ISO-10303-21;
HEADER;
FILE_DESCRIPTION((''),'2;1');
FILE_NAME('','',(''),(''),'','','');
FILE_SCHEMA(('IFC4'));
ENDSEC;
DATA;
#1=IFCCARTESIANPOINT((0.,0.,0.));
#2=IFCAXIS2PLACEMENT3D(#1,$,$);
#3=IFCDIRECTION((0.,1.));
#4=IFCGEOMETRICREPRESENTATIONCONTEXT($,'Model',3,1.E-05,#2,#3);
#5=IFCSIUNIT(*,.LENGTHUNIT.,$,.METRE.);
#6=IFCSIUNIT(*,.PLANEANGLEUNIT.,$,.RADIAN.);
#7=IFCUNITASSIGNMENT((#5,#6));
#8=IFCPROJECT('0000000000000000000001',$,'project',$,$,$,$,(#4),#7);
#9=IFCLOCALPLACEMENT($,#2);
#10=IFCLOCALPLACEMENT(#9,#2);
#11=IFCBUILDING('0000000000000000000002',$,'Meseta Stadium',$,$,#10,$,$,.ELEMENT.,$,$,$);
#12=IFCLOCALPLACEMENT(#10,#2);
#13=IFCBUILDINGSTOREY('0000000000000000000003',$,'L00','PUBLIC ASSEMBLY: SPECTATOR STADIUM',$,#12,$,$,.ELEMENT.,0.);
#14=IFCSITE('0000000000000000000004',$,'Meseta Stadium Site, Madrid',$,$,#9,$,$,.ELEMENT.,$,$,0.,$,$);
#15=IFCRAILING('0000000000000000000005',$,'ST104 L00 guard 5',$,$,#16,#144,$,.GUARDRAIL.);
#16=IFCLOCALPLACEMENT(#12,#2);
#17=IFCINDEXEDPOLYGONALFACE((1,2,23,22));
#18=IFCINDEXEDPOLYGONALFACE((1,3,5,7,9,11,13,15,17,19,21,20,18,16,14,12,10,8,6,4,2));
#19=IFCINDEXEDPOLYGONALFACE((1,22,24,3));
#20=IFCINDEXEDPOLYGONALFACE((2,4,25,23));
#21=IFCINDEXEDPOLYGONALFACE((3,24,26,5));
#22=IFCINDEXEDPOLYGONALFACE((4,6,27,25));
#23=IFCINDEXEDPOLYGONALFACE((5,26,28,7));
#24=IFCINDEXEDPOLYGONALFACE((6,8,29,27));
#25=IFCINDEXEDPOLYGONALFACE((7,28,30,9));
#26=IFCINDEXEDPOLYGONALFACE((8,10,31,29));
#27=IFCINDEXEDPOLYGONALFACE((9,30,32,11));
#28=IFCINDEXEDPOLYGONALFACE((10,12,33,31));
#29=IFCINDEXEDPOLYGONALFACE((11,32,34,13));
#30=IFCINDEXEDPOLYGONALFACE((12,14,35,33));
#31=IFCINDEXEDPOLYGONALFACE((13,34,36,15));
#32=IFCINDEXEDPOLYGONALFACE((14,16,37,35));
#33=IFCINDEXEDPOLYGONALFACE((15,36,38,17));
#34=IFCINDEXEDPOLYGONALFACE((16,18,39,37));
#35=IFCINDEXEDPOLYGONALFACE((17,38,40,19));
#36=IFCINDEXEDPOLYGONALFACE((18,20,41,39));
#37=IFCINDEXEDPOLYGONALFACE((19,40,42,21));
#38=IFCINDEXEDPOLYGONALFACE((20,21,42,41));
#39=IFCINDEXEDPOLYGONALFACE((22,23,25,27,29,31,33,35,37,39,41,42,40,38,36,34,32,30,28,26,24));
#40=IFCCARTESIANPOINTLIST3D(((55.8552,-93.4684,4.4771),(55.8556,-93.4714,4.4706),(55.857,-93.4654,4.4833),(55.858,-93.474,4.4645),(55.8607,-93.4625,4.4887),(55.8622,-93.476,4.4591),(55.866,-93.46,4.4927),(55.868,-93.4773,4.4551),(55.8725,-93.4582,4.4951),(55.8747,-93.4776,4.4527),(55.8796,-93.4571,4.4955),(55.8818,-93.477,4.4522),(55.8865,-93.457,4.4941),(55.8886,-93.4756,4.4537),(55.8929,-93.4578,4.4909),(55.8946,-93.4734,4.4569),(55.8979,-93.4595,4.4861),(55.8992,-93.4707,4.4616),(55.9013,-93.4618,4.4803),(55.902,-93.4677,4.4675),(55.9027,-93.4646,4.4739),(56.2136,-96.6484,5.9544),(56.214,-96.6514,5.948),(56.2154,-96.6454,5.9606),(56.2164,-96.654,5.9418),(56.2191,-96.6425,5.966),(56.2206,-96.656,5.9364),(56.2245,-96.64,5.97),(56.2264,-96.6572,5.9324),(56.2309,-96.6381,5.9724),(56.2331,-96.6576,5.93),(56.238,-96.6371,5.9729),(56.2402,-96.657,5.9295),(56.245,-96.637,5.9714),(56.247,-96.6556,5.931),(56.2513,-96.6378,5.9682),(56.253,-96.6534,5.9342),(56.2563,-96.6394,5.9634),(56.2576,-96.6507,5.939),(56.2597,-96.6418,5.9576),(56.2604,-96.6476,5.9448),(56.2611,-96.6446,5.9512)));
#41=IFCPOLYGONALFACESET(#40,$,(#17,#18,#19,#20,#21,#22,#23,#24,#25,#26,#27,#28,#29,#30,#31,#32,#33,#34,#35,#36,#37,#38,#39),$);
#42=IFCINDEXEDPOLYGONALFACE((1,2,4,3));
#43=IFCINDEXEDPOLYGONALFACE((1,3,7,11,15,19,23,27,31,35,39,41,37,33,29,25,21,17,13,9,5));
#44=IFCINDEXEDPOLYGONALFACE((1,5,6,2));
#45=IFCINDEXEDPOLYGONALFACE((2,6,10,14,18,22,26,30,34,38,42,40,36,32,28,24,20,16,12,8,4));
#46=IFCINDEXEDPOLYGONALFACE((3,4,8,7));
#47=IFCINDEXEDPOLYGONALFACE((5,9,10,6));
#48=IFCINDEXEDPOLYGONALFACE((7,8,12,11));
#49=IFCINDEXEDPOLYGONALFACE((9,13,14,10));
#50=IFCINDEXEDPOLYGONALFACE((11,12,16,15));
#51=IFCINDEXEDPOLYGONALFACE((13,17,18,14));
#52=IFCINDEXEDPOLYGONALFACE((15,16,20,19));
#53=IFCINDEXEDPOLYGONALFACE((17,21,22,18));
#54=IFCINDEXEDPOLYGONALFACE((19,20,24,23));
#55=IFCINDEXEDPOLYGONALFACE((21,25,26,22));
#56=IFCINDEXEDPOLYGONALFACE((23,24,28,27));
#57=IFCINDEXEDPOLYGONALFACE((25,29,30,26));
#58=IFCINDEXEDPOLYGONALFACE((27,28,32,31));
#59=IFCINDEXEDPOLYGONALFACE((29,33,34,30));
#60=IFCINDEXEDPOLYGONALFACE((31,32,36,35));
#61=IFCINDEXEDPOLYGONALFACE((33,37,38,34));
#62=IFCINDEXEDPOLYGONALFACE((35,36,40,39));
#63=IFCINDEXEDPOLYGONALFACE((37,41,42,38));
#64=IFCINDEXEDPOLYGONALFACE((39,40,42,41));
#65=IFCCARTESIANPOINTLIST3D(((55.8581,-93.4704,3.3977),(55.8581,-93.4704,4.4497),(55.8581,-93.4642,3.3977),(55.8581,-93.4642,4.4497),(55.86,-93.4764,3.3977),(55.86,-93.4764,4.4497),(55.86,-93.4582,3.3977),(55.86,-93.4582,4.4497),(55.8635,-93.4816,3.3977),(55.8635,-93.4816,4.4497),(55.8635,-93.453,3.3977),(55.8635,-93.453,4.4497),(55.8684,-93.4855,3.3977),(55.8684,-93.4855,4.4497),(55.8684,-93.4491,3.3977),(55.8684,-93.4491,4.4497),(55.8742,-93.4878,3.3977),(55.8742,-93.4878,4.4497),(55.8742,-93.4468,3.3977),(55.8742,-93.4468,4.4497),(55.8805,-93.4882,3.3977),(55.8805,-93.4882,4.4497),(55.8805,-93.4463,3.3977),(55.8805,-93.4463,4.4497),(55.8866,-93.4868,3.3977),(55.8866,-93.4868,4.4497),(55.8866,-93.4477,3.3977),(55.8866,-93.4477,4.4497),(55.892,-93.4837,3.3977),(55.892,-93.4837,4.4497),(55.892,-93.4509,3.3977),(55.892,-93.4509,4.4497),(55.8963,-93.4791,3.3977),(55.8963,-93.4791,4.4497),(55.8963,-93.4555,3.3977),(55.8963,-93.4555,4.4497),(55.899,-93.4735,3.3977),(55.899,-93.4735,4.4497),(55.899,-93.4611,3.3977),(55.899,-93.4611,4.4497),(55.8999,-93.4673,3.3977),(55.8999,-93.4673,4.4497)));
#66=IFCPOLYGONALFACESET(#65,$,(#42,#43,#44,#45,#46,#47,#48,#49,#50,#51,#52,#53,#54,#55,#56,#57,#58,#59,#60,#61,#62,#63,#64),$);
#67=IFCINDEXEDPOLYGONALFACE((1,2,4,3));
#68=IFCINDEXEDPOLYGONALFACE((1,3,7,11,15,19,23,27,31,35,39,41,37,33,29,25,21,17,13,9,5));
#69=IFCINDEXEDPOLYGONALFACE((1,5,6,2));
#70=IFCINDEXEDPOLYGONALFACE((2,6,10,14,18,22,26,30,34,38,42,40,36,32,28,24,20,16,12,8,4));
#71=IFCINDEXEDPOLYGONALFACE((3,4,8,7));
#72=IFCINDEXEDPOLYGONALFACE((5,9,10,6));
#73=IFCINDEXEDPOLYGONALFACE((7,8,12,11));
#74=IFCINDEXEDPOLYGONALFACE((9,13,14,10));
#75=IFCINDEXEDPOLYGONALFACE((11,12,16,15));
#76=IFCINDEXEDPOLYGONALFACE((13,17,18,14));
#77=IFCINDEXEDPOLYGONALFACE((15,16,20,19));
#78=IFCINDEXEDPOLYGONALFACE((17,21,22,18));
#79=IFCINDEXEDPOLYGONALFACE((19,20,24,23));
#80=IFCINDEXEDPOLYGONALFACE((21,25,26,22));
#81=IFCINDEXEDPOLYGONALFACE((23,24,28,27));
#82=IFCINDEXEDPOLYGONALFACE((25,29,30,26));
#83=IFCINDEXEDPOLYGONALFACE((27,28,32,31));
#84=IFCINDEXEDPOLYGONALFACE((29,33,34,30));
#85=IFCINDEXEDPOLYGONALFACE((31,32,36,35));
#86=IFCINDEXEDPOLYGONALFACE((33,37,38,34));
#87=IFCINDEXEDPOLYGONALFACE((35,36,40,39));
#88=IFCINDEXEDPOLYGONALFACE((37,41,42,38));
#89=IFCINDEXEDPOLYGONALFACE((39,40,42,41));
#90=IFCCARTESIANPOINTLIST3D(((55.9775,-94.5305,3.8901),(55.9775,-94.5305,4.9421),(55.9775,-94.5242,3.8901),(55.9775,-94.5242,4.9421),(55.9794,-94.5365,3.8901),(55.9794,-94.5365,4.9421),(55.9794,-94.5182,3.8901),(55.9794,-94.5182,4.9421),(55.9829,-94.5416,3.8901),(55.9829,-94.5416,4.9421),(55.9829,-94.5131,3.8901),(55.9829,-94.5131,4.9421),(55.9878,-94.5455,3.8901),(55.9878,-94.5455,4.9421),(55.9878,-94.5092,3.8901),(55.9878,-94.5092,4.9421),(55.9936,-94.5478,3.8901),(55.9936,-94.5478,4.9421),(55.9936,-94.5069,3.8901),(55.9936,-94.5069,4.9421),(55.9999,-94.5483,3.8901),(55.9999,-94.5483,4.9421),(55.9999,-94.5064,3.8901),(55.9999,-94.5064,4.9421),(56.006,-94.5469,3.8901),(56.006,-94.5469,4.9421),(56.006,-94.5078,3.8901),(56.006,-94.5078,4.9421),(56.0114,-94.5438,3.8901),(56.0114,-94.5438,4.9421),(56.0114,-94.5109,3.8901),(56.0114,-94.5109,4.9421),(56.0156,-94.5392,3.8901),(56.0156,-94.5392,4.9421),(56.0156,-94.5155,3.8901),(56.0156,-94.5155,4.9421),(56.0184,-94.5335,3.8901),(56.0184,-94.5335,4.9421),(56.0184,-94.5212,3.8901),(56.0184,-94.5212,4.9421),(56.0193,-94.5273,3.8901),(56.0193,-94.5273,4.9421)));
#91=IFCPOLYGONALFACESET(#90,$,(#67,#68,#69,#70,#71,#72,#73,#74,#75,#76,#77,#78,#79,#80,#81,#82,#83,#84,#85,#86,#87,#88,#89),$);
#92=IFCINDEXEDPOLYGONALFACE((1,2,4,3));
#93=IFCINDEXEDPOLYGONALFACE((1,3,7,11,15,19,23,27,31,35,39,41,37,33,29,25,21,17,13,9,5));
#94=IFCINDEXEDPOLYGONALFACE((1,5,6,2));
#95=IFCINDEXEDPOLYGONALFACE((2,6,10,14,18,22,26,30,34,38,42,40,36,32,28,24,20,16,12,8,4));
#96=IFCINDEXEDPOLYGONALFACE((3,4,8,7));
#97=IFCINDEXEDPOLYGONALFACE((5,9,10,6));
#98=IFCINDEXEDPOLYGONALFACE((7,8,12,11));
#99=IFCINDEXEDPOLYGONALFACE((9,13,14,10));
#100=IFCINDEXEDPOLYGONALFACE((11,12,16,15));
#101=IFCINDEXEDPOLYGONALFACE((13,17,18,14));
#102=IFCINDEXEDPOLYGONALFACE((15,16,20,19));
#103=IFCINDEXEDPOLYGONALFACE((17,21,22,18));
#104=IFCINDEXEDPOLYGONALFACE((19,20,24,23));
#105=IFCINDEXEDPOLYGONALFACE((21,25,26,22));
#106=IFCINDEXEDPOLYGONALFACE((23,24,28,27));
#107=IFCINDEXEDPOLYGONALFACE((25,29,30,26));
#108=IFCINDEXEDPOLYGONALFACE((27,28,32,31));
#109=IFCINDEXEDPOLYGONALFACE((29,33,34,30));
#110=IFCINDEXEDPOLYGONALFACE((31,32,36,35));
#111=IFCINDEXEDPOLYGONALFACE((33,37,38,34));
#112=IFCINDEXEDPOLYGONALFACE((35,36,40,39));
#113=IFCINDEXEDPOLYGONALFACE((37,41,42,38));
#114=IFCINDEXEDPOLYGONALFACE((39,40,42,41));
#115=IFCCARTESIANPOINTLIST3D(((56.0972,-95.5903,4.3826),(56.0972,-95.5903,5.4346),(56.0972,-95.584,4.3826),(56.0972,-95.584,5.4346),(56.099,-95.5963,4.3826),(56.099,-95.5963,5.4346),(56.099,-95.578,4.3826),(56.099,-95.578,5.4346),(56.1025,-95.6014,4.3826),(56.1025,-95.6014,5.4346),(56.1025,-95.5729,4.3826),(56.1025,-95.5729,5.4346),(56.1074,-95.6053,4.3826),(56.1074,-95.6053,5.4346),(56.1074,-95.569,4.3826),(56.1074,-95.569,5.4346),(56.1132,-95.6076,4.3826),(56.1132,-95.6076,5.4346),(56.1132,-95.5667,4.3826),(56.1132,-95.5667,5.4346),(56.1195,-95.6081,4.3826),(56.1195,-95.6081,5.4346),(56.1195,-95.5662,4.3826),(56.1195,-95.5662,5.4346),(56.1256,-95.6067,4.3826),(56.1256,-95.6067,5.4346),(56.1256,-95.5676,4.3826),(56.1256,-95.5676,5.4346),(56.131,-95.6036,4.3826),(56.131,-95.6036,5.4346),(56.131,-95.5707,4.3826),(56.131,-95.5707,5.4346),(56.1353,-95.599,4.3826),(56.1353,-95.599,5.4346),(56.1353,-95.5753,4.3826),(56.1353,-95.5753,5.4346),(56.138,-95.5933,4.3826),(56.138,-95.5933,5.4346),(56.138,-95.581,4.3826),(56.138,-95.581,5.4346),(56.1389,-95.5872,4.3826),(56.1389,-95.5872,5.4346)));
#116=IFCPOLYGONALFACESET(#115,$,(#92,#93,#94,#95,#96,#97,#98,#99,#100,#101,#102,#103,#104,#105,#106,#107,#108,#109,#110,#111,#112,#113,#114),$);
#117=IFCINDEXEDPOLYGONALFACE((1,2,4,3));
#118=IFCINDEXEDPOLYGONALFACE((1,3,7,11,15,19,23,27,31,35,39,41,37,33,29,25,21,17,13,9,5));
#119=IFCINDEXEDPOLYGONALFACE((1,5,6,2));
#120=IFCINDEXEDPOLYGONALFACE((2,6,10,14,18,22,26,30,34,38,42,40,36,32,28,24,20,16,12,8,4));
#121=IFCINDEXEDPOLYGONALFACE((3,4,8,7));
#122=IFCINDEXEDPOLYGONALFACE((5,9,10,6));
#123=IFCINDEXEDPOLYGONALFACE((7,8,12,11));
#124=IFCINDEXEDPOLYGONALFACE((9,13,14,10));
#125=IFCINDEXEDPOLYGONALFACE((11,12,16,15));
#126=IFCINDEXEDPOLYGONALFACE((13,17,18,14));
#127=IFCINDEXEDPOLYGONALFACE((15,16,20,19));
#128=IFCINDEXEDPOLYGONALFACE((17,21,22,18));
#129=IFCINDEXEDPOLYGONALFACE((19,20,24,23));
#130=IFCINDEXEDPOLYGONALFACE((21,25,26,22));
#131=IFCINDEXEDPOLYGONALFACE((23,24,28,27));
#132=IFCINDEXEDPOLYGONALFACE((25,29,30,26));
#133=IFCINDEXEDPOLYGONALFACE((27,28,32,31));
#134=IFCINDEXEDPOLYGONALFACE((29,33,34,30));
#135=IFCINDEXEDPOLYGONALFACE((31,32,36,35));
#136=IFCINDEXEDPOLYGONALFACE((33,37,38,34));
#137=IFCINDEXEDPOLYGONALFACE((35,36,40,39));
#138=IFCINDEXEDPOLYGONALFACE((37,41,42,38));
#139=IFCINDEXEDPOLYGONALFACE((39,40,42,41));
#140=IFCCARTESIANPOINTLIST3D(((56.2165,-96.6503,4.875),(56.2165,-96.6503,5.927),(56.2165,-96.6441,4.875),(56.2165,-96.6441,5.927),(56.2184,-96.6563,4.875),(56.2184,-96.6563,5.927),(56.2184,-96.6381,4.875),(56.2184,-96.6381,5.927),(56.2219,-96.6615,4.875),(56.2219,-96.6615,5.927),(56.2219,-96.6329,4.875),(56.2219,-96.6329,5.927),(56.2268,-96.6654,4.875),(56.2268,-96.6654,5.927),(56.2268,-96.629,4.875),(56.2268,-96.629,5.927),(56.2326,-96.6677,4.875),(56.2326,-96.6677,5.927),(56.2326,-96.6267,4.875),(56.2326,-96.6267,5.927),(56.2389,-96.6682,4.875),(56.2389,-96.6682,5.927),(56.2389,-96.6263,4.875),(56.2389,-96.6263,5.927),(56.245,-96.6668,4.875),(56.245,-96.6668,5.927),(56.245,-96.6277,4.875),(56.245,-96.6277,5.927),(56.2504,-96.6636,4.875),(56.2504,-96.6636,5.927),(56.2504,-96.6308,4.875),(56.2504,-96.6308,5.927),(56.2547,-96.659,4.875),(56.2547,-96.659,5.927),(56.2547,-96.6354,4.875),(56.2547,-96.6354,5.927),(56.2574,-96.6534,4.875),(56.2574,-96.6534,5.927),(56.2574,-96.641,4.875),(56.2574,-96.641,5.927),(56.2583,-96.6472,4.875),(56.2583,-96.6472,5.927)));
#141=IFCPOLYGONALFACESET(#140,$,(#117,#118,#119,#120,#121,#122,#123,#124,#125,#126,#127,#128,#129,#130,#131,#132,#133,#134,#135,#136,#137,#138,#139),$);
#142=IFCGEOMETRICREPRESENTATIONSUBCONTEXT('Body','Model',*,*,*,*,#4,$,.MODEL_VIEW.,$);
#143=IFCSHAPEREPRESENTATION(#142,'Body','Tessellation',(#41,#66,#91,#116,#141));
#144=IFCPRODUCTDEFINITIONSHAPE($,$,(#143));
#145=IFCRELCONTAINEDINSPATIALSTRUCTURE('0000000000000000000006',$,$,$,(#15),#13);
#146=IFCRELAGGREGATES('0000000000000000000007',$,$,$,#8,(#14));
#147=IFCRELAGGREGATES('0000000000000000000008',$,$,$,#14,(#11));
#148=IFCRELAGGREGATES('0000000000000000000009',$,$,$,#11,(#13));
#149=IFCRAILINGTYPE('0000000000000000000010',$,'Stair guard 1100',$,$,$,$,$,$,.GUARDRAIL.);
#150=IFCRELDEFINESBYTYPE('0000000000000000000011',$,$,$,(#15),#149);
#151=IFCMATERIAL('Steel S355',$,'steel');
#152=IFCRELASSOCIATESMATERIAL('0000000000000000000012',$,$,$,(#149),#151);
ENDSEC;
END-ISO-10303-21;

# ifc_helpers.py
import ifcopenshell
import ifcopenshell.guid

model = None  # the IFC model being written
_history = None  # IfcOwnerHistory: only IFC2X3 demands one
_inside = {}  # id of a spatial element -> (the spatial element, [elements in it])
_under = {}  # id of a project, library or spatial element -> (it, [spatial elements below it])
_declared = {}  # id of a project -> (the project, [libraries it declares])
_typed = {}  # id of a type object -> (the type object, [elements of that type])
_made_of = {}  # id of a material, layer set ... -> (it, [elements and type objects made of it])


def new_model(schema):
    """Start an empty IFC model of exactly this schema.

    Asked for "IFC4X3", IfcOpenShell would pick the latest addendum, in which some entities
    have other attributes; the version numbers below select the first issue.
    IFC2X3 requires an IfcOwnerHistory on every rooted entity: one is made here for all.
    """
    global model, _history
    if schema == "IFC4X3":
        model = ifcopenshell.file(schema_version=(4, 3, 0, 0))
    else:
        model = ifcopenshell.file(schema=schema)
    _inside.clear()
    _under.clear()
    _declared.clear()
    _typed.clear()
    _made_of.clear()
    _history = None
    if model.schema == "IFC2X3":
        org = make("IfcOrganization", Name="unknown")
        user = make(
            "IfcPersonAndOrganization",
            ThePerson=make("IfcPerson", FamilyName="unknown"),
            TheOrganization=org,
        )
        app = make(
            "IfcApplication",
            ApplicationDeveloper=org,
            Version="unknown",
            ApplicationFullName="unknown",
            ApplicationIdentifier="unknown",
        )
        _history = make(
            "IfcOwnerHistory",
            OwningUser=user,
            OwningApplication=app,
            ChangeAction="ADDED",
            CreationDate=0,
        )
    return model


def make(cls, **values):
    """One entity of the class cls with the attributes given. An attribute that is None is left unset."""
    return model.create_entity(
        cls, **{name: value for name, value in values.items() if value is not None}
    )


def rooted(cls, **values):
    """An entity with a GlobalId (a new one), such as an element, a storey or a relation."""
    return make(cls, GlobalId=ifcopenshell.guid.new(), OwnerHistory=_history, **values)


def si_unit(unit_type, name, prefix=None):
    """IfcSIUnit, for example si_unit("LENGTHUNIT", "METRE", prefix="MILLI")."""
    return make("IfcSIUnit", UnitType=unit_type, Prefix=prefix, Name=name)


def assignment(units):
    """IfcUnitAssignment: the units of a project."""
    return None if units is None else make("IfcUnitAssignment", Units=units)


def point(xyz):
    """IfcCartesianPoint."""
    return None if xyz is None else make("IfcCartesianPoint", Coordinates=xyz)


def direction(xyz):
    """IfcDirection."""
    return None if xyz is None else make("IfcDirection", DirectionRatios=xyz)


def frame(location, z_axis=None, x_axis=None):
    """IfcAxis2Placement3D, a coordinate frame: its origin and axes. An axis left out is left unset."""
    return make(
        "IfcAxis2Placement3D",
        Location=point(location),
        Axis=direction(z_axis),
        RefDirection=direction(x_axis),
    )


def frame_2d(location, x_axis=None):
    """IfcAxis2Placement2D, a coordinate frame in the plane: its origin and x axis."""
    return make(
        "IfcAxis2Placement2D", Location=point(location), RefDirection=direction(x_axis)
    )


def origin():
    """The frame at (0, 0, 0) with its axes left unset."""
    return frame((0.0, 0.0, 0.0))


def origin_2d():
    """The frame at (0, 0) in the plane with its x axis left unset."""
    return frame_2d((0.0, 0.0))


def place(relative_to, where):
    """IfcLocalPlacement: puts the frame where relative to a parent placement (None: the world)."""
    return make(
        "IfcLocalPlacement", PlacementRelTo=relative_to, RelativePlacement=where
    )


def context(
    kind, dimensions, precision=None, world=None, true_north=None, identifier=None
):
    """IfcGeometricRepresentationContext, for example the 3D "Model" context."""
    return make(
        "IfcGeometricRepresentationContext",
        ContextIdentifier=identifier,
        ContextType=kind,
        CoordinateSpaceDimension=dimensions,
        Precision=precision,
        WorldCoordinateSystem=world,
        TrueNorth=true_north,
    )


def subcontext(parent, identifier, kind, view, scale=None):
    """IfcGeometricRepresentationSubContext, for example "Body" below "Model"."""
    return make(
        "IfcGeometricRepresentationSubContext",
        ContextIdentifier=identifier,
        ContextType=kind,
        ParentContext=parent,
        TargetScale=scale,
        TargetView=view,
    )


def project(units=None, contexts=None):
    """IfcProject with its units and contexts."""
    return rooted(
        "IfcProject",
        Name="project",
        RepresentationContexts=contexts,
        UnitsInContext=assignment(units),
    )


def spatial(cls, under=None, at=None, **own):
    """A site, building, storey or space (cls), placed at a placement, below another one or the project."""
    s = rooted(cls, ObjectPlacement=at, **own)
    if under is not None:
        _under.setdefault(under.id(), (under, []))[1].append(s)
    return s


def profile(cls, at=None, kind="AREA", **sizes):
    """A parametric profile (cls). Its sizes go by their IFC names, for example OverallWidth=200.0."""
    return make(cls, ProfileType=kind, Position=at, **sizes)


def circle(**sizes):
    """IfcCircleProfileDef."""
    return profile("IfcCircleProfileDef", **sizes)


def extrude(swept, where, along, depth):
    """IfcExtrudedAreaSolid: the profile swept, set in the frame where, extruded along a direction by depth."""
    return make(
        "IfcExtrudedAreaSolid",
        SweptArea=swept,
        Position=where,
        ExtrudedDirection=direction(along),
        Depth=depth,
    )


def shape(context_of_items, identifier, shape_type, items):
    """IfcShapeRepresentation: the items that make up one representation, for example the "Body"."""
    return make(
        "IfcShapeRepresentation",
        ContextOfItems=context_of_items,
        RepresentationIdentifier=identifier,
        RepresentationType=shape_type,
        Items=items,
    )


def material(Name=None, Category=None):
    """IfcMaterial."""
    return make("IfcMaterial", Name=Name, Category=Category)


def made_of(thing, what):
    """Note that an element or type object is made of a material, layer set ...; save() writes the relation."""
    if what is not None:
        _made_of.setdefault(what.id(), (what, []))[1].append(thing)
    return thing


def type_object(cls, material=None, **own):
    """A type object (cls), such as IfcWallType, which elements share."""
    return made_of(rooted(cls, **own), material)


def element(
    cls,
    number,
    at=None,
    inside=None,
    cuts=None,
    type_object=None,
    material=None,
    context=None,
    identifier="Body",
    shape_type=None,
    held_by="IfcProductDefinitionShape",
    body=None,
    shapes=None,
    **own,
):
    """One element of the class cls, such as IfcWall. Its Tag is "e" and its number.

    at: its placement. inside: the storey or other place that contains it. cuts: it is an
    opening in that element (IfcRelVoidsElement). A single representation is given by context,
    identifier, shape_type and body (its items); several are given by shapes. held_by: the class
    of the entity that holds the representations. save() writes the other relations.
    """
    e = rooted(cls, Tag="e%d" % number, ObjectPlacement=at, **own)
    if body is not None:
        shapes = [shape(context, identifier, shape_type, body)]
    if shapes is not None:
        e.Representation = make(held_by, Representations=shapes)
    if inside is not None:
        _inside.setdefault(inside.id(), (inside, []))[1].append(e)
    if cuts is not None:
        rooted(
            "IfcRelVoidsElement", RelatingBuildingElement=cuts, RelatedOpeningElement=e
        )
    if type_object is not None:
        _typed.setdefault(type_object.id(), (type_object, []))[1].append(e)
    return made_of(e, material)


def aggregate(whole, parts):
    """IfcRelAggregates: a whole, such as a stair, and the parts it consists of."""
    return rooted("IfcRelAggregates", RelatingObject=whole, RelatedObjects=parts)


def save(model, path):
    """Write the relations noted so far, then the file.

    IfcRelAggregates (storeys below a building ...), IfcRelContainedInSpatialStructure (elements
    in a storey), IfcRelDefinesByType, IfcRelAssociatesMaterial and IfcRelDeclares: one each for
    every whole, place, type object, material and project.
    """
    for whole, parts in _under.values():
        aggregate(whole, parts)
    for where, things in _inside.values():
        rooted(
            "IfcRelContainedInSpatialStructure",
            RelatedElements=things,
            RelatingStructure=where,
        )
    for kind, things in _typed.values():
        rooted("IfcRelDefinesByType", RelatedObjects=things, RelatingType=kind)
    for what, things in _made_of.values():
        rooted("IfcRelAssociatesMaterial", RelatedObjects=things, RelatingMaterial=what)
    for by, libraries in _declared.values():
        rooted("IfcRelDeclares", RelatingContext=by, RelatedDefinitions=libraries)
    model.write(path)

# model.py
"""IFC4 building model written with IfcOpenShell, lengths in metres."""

from ifc_helpers import new_model, si_unit, direction, frame, origin, origin_2d, place, context, subcontext, project, spatial, circle, extrude, material, type_object, element, save


model = new_model("IFC4")

# Units and contexts
model_context = context("Model", 3, precision=1e-05, world=origin(), true_north=direction((0.0, 1.0)))
body_context = subcontext(model_context, "Body", "Model", "MODEL_VIEW")
ifc_project = project(units=[si_unit("LENGTHUNIT", "METRE"), si_unit("PLANEANGLEUNIT", "RADIAN")], contexts=[model_context])

# Site, building, storey
site_placement = place(None, origin())
site = spatial("IfcSite", under=ifc_project, at=site_placement, Name="Meseta Stadium Site, Madrid", CompositionType="ELEMENT", RefElevation=0.0)
building_placement = place(site_placement, origin())
building = spatial("IfcBuilding", under=site, at=building_placement, Name="Meseta Stadium", CompositionType="ELEMENT")
storey_placement = place(building_placement, origin())
storey = spatial("IfcBuildingStorey", under=building, at=storey_placement, Name="L00", Description="PUBLIC ASSEMBLY: SPECTATOR STADIUM", CompositionType="ELEMENT", Elevation=0.0)

# Railing
ifc_material_1 = material(Name="Steel S355", Category="steel")
railing_type_1 = type_object("IfcRailingType", Name="Stair guard 1100", PredefinedType="GUARDRAIL", material=ifc_material_1)
railing_1_placement = place(storey_placement, frame((55.8789, -93.4673, 3.3977)))
element("IfcRailing", 1, at=railing_1_placement, inside=storey, type_object=railing_type_1, Name="ST104 L00 guard 5", PredefinedType="GUARDRAIL", context=body_context, shape_type="SweptSolid", body=[
    extrude(circle(Radius=0.0239, at=origin_2d()), frame((0.0, 0.0, 1.0762), z_axis=(0.101685, -0.90221, 0.419138), x_axis=(0.993709, 0.111997, 0.0)), (0.0, 0.0, 1.0), 3.5247),
    extrude(circle(Radius=0.021, at=origin_2d()), origin(), (0.0, 0.0, 1.0), 1.052),
    extrude(circle(Radius=0.021, at=origin_2d()), frame((0.1194, -1.0601, 0.4924)), (0.0, 0.0, 1.0), 1.052),
    extrude(circle(Radius=0.021, at=origin_2d()), frame((0.239, -2.1199, 0.9849)), (0.0, 0.0, 1.0), 1.052),
    extrude(circle(Radius=0.021, at=origin_2d()), frame((0.3584, -3.1799, 1.4773)), (0.0, 0.0, 1.0), 1.052),
])

save(model, "model.ifc")
